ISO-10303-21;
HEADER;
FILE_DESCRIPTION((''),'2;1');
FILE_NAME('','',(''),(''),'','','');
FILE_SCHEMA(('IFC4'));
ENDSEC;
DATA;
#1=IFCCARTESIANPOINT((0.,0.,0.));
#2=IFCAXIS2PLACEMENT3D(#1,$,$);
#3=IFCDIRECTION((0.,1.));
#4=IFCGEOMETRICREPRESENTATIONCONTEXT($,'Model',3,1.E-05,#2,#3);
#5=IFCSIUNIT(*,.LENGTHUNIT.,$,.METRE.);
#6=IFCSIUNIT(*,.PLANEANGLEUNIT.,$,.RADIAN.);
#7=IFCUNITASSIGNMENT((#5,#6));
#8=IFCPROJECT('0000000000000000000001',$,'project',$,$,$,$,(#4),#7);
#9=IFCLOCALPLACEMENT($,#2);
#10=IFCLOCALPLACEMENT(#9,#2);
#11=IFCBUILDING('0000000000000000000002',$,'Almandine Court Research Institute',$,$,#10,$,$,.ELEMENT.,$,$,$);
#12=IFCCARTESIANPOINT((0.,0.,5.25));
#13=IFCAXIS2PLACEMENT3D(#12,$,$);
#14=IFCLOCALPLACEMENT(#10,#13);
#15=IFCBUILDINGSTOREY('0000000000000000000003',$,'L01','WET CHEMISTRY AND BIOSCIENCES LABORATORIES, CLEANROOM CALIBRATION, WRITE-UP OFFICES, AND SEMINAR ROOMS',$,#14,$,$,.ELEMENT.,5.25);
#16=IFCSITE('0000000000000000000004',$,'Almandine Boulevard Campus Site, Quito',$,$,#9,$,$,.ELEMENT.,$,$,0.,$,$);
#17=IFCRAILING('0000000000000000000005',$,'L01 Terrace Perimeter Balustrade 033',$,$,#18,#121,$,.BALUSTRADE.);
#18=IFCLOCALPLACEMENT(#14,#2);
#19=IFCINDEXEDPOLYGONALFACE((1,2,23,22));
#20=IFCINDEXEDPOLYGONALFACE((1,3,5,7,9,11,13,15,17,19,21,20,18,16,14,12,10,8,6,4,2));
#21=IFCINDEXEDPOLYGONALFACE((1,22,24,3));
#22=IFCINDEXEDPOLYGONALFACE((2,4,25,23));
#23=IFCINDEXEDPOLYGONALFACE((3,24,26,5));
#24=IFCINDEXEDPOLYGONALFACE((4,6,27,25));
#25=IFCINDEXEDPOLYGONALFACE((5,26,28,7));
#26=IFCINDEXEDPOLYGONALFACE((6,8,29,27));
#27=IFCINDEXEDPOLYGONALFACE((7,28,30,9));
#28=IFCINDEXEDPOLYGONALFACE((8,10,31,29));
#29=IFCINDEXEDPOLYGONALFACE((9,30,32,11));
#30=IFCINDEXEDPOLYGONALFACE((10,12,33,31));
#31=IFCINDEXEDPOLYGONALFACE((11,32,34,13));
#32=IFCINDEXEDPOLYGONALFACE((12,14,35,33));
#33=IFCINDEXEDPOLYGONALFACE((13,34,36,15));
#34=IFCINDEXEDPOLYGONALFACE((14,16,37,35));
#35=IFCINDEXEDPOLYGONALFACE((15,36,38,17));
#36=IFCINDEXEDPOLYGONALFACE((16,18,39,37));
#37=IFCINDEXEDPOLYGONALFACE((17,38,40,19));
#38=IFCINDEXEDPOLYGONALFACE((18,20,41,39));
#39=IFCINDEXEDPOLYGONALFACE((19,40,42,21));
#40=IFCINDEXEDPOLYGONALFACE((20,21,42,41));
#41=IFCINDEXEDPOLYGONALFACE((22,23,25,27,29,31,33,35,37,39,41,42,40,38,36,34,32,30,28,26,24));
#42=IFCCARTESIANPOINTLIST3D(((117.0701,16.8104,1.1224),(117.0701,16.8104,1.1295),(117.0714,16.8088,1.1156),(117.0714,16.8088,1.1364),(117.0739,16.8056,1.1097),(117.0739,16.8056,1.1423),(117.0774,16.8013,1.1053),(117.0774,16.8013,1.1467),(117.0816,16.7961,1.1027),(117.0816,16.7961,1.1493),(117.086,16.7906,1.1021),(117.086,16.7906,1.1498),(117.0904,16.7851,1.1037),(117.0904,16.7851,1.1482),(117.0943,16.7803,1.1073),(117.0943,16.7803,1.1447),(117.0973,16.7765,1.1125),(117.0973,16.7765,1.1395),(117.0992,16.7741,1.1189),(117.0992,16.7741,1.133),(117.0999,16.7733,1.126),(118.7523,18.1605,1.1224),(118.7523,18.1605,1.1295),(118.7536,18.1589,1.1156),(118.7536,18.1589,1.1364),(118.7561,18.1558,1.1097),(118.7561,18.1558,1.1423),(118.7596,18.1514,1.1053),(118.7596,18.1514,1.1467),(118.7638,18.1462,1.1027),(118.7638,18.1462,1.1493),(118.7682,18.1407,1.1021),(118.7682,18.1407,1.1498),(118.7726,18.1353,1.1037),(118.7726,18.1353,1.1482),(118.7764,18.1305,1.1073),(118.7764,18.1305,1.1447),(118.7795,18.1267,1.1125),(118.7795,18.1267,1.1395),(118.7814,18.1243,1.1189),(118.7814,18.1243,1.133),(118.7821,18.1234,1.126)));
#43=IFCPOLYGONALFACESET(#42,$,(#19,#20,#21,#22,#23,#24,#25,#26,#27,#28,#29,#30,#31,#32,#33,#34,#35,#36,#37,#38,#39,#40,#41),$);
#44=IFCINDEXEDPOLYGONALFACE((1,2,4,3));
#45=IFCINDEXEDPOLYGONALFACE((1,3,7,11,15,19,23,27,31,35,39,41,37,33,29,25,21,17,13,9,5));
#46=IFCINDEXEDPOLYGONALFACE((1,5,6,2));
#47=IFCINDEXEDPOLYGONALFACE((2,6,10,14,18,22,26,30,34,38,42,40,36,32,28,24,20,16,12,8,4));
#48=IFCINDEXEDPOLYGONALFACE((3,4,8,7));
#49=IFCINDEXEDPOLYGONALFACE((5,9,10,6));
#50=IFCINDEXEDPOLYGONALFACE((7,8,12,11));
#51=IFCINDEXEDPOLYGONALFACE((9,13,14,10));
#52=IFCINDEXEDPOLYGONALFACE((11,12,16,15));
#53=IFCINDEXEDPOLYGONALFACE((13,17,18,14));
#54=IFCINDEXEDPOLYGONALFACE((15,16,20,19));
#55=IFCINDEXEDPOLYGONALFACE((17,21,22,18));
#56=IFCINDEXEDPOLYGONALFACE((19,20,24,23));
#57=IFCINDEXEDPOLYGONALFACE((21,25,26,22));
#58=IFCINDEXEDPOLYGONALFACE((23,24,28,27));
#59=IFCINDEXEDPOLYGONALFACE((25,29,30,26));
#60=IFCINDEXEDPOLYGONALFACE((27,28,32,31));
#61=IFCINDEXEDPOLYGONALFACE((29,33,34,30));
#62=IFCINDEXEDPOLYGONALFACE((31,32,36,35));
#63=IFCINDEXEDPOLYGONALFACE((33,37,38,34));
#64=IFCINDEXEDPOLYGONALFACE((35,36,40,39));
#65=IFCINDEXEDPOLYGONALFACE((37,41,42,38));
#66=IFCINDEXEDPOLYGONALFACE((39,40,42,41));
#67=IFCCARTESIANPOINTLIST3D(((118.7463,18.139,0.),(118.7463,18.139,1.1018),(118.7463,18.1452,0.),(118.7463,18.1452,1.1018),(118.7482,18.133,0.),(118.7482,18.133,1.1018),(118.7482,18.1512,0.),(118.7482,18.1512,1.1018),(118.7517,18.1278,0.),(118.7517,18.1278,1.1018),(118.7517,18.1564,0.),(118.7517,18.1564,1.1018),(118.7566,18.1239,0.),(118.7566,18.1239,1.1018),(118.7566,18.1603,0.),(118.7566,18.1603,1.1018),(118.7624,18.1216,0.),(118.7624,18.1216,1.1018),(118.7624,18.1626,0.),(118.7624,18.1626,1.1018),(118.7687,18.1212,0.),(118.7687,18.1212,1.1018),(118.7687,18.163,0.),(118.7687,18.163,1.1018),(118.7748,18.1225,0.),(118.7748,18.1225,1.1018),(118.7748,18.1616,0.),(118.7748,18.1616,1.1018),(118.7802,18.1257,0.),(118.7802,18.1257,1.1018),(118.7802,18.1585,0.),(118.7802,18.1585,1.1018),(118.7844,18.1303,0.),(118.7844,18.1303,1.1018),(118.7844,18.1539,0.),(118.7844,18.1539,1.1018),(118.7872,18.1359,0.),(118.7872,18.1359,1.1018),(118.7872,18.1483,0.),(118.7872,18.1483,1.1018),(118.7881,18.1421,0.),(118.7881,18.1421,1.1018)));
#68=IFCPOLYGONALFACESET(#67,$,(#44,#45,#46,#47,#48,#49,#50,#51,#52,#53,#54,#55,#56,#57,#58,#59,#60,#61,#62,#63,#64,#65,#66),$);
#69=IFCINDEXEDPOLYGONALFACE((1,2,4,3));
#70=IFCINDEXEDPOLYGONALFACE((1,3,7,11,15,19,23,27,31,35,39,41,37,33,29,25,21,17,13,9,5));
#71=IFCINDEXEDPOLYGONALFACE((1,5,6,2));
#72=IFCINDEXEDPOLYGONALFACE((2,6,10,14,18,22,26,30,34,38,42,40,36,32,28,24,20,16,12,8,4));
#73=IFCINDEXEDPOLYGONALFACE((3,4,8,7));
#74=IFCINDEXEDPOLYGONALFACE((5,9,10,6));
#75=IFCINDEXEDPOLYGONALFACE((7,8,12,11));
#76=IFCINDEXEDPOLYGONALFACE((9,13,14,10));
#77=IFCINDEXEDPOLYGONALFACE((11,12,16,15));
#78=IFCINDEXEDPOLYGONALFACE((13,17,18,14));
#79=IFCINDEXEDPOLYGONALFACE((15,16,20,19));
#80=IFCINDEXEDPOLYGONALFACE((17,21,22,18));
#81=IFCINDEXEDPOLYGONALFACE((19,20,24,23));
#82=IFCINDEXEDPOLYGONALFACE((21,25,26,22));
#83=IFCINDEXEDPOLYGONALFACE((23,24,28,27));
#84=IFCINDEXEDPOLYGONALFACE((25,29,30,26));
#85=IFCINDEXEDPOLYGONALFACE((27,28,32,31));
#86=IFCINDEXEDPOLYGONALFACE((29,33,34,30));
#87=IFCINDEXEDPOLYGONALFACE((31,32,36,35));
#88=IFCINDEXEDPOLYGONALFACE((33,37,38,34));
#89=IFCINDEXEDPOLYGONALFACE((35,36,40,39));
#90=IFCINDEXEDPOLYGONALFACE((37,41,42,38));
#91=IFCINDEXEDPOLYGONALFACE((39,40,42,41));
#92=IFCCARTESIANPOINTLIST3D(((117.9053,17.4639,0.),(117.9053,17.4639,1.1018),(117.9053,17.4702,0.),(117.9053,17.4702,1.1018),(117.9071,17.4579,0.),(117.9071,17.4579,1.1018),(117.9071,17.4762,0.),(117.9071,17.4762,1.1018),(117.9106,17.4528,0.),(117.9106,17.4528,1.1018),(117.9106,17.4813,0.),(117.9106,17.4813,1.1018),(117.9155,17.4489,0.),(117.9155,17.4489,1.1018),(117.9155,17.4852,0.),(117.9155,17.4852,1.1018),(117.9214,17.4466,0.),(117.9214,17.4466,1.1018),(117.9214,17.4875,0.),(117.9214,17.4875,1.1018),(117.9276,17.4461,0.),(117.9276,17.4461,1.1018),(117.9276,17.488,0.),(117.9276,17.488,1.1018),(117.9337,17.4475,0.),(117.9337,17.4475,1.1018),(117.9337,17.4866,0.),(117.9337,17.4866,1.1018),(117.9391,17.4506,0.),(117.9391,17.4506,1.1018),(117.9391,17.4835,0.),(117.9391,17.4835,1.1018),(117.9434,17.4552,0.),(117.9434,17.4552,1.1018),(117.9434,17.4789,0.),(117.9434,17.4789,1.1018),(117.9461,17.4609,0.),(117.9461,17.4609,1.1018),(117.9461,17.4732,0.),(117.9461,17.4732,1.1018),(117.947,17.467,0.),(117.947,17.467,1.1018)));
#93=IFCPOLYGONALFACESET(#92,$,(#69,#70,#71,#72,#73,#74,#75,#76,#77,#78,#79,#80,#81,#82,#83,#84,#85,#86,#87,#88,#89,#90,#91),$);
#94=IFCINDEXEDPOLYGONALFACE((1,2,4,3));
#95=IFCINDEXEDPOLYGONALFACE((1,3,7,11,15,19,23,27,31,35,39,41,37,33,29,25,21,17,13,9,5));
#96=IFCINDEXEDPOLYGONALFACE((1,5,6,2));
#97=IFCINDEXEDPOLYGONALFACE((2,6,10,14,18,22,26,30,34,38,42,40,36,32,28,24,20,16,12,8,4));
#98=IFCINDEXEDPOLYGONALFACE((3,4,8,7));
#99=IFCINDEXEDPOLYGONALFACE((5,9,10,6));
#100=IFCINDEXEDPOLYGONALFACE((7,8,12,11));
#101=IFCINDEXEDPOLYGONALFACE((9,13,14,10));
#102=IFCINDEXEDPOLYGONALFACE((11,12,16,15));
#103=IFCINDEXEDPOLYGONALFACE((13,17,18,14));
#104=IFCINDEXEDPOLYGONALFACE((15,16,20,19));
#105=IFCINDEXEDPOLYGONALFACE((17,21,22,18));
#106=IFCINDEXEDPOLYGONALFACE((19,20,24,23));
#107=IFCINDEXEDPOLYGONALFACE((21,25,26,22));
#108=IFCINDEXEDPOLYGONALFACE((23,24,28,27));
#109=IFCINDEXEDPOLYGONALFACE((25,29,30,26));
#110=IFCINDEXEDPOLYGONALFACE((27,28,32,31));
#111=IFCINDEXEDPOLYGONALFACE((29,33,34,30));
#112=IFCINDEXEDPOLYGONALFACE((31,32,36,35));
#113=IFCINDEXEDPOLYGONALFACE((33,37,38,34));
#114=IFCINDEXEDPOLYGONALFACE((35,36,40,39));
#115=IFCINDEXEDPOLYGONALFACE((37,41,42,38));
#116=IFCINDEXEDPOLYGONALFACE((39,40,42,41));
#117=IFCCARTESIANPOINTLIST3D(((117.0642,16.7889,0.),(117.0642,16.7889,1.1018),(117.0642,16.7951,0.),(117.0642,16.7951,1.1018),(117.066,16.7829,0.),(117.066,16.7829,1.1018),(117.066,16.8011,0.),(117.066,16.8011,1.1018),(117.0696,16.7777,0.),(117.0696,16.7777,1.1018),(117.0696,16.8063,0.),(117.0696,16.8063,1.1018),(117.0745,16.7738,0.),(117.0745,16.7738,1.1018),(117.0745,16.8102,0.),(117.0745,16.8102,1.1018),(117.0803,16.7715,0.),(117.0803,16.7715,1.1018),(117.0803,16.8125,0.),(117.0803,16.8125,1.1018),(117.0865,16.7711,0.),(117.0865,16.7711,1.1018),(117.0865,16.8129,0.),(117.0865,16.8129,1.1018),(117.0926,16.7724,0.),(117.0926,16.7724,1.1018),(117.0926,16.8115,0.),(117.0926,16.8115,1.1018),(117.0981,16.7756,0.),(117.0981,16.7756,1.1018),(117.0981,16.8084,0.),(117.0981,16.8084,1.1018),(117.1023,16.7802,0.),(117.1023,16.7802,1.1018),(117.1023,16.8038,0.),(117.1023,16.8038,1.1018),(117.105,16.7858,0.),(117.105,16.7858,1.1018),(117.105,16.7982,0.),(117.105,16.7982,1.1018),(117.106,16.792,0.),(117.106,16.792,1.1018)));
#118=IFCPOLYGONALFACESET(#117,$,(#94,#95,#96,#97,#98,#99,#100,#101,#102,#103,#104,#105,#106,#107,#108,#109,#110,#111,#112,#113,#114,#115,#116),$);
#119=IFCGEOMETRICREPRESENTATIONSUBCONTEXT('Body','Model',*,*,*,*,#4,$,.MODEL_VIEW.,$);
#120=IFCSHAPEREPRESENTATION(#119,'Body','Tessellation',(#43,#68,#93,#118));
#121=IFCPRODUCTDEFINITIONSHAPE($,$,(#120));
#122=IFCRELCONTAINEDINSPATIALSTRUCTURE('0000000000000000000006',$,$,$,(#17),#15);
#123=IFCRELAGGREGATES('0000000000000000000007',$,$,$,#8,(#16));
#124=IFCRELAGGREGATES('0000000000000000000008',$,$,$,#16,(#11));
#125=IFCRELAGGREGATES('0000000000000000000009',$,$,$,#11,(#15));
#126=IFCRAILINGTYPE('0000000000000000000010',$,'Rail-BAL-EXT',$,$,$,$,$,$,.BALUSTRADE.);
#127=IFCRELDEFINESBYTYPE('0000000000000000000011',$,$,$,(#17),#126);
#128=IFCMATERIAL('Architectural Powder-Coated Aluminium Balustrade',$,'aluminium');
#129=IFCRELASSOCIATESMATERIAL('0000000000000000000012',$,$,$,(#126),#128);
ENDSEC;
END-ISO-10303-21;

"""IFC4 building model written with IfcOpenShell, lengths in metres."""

from ifc_helpers import new_model, si_unit, direction, frame, origin, origin_2d, place, context, subcontext, project, spatial, circle, extrude, material, type_object, element, save


model = new_model("IFC4")

# Units and contexts
model_context = context("Model", 3, precision=1e-05, world=origin(), true_north=direction((0.0, 1.0)))
body_context = subcontext(model_context, "Body", "Model", "MODEL_VIEW")
ifc_project = project(units=[si_unit("LENGTHUNIT", "METRE"), si_unit("PLANEANGLEUNIT", "RADIAN")], contexts=[model_context])

# Site, building, storey
site_placement = place(None, origin())
site = spatial("IfcSite", under=ifc_project, at=site_placement, Name="Almandine Boulevard Campus Site, Quito", CompositionType="ELEMENT", RefElevation=0.0)
building_placement = place(site_placement, origin())
building = spatial("IfcBuilding", under=site, at=building_placement, Name="Almandine Court Research Institute", CompositionType="ELEMENT")
storey_placement = place(building_placement, frame((0.0, 0.0, 5.25)))
storey = spatial("IfcBuildingStorey", under=building, at=storey_placement, Name="L01", Description="WET CHEMISTRY AND BIOSCIENCES LABORATORIES, CLEANROOM CALIBRATION, WRITE-UP OFFICES, AND SEMINAR ROOMS", CompositionType="ELEMENT", Elevation=5.25)

# Railing
ifc_material_1 = material(Name="Architectural Powder-Coated Aluminium Balustrade", Category="aluminium")
railing_type = type_object("IfcRailingType", Name="Rail-BAL-EXT", PredefinedType="BALUSTRADE", material=ifc_material_1)
railing_1_placement = place(storey_placement, frame((118.7671, 18.1421, 0.0)))
element("IfcRailing", 1, at=railing_1_placement, inside=storey, type_object=railing_type, Name="L01 Terrace Perimeter Balustrade 033", PredefinedType="BALUSTRADE", context=body_context, shape_type="SweptSolid", body=[
    extrude(circle(Radius=0.0239, at=origin_2d()), frame((0.0, 0.0, 1.126), z_axis=(-0.779874, -0.625937, 0.0), x_axis=(0.625937, -0.779874, 0.0)), (0.0, 0.0, 1.0), 2.157),
    extrude(circle(Radius=0.021, at=origin_2d()), origin(), (0.0, 0.0, 1.0), 1.1018),
    extrude(circle(Radius=0.021, at=origin_2d()), frame((-0.8411, -0.675, 0.0)), (0.0, 0.0, 1.0), 1.1018),
    extrude(circle(Radius=0.021, at=origin_2d()), frame((-1.6821, -1.3501, 0.0)), (0.0, 0.0, 1.0), 1.1018),
])

save(model, "model.ifc")
